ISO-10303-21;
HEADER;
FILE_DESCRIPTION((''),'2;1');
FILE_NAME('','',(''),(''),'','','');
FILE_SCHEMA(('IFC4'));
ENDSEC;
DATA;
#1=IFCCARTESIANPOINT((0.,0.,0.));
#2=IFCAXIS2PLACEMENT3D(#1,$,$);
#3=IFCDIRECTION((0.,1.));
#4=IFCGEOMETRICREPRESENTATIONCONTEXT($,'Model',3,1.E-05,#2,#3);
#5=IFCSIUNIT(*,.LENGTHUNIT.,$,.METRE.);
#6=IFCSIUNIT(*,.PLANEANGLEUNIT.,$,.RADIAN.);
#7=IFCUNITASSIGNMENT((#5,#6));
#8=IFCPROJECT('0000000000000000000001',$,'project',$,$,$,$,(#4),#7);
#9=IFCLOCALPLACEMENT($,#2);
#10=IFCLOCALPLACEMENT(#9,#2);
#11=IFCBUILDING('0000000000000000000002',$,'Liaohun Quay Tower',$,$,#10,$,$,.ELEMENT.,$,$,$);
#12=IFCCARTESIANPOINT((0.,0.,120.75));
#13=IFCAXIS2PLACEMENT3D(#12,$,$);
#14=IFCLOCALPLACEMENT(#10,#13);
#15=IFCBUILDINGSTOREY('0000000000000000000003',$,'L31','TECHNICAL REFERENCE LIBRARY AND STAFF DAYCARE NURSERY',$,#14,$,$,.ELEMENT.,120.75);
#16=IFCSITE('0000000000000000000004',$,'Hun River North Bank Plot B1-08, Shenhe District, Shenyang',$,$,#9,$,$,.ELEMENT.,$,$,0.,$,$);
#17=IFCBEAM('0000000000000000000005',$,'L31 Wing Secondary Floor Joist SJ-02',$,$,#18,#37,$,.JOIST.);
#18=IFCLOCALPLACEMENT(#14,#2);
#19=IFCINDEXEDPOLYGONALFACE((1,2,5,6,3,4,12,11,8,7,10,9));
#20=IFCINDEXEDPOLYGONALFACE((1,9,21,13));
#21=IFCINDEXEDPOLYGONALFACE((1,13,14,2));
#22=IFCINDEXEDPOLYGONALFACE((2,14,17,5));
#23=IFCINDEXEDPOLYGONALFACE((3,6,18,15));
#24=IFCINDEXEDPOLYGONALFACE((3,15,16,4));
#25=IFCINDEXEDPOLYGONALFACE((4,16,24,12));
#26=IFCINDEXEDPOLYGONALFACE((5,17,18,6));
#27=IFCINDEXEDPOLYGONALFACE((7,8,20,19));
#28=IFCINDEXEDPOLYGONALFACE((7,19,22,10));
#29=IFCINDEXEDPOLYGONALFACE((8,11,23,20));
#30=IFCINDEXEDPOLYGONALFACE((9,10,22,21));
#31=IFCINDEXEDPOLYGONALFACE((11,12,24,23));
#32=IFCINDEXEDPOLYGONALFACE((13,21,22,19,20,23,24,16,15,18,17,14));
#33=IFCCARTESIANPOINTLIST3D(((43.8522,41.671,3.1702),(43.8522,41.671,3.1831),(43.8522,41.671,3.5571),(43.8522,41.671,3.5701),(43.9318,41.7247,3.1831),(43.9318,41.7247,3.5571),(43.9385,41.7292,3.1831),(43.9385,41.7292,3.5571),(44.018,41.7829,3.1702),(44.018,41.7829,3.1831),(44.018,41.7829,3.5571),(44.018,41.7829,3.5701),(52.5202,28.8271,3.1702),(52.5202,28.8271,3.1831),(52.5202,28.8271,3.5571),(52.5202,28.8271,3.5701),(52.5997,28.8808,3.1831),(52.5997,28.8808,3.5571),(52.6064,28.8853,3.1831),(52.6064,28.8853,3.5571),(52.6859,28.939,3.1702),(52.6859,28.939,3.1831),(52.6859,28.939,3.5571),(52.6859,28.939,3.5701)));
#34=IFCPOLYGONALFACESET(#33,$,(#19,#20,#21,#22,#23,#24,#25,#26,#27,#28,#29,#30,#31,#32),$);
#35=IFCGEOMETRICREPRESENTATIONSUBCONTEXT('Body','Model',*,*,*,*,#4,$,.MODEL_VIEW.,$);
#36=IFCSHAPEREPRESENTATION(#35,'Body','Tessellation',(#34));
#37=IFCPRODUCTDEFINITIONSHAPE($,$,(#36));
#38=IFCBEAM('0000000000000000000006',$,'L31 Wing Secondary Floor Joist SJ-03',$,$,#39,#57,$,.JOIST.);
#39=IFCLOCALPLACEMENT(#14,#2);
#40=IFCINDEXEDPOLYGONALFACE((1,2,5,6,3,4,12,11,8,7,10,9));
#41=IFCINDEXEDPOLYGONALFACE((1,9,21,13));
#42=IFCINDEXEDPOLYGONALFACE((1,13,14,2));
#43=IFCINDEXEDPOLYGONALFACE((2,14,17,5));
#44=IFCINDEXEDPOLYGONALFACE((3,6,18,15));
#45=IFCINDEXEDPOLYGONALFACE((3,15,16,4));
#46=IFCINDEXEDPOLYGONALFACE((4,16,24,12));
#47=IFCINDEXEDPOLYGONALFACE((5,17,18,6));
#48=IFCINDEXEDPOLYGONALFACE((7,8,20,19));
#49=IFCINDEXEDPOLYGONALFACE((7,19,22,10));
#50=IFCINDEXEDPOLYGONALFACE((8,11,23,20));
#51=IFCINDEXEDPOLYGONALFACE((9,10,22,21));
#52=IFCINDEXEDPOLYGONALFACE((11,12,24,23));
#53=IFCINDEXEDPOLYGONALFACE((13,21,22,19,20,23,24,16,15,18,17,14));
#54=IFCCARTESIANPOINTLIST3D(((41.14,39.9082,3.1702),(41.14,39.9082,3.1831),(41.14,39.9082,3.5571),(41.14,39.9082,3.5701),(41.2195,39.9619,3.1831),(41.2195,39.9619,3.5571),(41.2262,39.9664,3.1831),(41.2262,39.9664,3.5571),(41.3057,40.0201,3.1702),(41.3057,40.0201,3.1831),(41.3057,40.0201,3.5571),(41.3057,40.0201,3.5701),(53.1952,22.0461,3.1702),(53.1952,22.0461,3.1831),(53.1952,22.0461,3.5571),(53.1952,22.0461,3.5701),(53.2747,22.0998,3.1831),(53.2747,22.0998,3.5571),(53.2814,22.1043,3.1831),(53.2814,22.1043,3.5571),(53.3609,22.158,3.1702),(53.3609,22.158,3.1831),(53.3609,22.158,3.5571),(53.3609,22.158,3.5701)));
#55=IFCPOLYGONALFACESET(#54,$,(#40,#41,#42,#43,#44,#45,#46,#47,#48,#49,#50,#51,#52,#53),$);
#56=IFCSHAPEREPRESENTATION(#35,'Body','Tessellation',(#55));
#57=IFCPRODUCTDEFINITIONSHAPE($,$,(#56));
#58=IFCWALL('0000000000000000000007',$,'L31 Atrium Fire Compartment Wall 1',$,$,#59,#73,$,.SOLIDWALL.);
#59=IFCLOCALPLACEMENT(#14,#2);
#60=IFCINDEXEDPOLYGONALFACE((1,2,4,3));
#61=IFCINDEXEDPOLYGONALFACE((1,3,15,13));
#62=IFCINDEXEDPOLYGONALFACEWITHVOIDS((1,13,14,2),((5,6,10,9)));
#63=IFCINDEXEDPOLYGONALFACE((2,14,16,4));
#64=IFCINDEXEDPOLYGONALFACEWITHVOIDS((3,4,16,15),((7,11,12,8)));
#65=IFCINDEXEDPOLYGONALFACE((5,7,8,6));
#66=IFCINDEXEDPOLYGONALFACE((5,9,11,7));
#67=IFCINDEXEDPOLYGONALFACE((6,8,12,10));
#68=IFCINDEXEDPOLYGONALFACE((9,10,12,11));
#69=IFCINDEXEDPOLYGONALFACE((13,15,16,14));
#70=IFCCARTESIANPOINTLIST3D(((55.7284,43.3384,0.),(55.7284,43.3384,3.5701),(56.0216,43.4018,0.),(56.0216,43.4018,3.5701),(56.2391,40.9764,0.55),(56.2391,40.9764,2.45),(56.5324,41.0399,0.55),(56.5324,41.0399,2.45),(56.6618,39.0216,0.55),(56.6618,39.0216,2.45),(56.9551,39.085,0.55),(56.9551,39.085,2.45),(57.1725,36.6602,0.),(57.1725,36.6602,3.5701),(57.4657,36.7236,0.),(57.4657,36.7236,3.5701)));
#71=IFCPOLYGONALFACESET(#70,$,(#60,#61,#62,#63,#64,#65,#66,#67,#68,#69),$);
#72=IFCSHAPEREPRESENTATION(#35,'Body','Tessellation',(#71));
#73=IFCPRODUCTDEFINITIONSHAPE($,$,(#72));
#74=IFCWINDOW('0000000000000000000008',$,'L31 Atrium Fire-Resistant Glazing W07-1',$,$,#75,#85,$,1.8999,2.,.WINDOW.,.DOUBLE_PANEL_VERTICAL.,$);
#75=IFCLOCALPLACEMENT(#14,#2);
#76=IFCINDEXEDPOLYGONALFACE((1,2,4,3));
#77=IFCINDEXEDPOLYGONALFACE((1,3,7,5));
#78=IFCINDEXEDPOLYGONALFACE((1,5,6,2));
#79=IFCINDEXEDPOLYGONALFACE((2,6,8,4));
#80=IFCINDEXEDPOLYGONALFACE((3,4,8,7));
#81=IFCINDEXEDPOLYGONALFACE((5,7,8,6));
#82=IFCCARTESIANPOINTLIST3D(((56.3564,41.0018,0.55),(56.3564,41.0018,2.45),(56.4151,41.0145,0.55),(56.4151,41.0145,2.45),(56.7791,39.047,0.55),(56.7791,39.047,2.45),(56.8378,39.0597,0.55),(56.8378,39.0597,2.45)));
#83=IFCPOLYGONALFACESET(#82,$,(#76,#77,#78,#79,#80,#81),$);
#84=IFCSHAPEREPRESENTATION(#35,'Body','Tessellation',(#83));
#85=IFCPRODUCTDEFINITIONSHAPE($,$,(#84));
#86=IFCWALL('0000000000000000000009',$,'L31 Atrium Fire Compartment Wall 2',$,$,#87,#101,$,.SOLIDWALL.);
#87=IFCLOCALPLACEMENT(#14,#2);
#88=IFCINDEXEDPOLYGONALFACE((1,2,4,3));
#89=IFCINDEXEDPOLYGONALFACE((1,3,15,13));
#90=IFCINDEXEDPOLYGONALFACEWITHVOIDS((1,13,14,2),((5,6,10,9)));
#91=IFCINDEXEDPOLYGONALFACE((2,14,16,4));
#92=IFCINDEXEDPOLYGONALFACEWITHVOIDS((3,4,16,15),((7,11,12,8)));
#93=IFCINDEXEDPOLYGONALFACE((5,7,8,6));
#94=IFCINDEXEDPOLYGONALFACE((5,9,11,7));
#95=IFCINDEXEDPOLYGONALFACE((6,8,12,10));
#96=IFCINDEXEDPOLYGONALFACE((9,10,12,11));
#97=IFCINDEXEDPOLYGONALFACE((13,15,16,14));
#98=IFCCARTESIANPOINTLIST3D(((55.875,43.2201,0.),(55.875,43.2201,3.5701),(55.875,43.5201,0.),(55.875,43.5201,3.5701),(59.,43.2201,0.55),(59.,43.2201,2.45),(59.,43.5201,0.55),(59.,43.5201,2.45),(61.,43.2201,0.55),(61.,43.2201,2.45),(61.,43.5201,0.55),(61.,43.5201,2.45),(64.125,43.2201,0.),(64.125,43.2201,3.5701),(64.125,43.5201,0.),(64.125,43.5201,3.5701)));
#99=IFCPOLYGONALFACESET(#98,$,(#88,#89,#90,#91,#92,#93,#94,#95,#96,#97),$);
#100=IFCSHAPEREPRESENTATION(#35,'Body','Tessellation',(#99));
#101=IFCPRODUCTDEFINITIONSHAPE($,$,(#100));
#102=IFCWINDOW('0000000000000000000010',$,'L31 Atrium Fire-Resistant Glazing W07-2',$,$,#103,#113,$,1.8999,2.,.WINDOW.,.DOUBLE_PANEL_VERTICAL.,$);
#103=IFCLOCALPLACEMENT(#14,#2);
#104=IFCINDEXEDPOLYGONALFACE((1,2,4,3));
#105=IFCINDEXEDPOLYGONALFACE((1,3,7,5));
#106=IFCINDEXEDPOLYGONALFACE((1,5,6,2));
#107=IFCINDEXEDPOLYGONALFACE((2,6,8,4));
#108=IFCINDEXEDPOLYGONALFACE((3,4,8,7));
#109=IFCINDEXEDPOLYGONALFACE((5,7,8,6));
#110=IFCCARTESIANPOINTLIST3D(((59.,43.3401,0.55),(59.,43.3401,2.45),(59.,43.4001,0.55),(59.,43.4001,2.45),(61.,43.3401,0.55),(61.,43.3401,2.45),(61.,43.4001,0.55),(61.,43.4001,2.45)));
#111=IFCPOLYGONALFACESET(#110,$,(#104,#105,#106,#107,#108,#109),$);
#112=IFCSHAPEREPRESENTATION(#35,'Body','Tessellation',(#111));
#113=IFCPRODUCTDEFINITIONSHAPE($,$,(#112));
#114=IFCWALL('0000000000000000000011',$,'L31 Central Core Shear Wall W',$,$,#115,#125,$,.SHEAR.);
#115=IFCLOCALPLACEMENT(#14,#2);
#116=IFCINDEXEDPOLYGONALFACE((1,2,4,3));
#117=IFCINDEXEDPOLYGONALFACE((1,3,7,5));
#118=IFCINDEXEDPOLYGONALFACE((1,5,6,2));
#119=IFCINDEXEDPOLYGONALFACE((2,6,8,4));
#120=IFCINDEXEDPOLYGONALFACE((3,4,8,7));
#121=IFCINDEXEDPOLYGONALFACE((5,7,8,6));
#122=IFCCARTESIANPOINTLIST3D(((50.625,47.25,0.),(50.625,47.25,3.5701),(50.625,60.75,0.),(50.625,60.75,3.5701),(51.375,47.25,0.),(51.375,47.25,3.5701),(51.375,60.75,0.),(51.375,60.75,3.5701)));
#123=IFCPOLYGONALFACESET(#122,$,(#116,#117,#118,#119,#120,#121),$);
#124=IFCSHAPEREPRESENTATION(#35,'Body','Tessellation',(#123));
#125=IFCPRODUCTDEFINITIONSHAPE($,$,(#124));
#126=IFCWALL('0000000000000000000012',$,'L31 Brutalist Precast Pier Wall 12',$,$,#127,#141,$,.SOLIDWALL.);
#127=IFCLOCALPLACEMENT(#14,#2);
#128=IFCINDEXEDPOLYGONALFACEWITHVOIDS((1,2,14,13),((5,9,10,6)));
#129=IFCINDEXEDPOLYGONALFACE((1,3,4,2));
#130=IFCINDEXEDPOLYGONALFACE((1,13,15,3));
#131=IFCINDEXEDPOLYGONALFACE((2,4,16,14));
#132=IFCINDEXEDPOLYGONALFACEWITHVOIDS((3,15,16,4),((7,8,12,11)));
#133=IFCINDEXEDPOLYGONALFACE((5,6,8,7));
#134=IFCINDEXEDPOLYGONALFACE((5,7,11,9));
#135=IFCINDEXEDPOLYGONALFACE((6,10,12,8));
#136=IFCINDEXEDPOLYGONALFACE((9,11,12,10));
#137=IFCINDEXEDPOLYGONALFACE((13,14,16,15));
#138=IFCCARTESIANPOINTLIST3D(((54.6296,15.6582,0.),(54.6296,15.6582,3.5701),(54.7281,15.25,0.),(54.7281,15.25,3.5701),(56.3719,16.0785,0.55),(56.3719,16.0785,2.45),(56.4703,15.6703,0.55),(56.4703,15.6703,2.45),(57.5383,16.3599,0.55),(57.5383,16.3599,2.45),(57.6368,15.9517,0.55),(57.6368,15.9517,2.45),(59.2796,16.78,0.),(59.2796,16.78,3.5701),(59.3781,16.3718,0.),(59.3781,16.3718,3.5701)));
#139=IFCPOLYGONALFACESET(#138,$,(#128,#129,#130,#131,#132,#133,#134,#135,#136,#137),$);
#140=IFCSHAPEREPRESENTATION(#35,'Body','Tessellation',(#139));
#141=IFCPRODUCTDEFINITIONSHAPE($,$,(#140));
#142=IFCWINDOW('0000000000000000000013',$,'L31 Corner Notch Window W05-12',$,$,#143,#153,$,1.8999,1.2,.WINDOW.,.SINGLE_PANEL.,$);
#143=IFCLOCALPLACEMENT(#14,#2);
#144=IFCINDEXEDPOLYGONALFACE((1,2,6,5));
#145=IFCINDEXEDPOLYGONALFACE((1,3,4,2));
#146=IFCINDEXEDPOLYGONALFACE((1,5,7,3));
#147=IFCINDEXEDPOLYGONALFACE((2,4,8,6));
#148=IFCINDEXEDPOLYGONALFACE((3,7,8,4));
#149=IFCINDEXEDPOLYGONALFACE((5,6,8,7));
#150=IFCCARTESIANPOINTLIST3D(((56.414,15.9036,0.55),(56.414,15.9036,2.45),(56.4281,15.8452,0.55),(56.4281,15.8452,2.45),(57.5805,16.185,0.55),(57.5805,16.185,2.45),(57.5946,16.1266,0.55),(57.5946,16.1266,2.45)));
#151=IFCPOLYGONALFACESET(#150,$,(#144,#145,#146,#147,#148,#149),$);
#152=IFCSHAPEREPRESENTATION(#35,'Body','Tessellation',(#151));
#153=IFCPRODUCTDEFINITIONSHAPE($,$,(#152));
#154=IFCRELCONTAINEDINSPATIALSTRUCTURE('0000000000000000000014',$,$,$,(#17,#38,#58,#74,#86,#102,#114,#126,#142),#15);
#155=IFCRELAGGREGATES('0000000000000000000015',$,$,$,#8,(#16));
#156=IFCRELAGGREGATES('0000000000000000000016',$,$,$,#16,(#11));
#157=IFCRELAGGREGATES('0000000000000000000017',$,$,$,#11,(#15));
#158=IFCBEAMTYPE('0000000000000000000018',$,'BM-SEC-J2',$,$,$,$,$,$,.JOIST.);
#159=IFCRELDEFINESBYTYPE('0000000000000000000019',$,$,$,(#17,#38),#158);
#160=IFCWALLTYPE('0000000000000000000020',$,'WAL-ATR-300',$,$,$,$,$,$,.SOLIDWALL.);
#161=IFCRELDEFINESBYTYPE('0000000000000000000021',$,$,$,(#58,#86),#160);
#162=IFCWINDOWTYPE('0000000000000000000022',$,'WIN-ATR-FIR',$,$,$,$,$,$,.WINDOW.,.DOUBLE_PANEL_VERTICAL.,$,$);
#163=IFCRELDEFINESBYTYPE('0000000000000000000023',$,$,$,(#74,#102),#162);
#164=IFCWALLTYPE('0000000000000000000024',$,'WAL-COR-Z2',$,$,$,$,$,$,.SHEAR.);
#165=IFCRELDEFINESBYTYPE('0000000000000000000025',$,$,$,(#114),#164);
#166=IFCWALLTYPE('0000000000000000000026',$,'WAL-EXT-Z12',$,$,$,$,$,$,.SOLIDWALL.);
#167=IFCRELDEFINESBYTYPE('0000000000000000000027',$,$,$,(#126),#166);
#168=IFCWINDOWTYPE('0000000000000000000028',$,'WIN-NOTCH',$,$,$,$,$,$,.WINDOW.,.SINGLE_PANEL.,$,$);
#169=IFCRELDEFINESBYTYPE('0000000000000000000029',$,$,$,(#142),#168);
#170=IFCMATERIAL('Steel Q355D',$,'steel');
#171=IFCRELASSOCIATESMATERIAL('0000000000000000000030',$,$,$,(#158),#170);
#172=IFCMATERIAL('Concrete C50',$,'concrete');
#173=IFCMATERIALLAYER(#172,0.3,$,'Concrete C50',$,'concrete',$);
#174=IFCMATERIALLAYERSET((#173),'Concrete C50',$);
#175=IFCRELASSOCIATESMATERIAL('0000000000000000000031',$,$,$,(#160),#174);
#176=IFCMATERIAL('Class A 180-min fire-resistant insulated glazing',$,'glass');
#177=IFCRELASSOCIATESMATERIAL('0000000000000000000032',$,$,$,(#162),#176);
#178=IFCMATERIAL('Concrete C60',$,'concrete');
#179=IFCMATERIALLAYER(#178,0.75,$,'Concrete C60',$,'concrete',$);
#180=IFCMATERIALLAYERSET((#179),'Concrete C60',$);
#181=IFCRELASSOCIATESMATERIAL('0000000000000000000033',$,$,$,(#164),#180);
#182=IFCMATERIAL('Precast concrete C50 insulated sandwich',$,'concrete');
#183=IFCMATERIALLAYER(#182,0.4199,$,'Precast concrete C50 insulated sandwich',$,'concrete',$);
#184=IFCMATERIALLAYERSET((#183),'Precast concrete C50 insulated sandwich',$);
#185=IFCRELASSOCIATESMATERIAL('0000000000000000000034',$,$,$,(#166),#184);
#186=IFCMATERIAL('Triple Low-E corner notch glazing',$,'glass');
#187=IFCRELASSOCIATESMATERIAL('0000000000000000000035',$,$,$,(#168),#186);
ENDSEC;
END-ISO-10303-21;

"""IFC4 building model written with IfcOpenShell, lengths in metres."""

from ifc_helpers import new_model, si_unit, direction, frame, frame_2d, origin, origin_2d, place, context, subcontext, project, spatial, rectangle, i_section, extrude, source, transform, mapped, material, layer, layer_set, material_profile, profile_set, type_object, element, fill, save


model = new_model("IFC4")

# Units and contexts
model_context = context("Model", 3, precision=1e-05, world=origin(), true_north=direction((0.0, 1.0)))
body_context = subcontext(model_context, "Body", "Model", "MODEL_VIEW")
ifc_project = project(units=[si_unit("LENGTHUNIT", "METRE"), si_unit("PLANEANGLEUNIT", "RADIAN")], contexts=[model_context])

# Site, building, storey
site_placement = place(None, origin())
site = spatial("IfcSite", under=ifc_project, at=site_placement, Name="Hun River North Bank Plot B1-08, Shenhe District, Shenyang", CompositionType="ELEMENT", RefElevation=0.0)
building_placement = place(site_placement, origin())
building = spatial("IfcBuilding", under=site, at=building_placement, Name="Liaohun Quay Tower", CompositionType="ELEMENT")
storey_placement = place(building_placement, frame((0.0, 0.0, 120.75)))
storey = spatial("IfcBuildingStorey", under=building, at=storey_placement, Name="L31", Description="TECHNICAL REFERENCE LIBRARY AND STAFF DAYCARE NURSERY", CompositionType="ELEMENT", Elevation=120.75)

# Shared definitions
ifc_material_1 = material(Name="Concrete C60", Category="concrete")

# Beams
ifc_material_2 = material(Name="Steel Q355D", Category="steel")
ifc_material_profile_1 = material_profile(ifc_material_2, i_section(OverallWidth=0.2, OverallDepth=0.3999, WebThickness=0.0081, FlangeThickness=0.0129, at=origin_2d()), Name="HN400x200x8x13")
ifc_profile_set_1 = profile_set([ifc_material_profile_1], Name="Steel Q355D")
beam_type_1 = type_object("IfcBeamType", Name="BM-SEC-J2", PredefinedType="JOIST", material=ifc_profile_set_1)
shared_shape_1 = source(origin(), body_context, "Body", "SweptSolid", [
    extrude(i_section(OverallWidth=0.2, OverallDepth=0.3999, WebThickness=0.0081, FlangeThickness=0.0129, at=origin_2d()), origin(), (0.0, 0.0, 1.0), 15.4951),
])
beam_1_placement = place(storey_placement, frame((52.603, 28.8831, 3.3701), z_axis=(-0.559396, 0.8289, 0.0), x_axis=(-0.8289, -0.559396, 0.0)))
element("IfcBeam", 1, at=beam_1_placement, inside=storey, type_object=beam_type_1, Name="L31 Wing Secondary Floor Joist SJ-02", PredefinedType="JOIST", context=body_context, shape_type="MappedRepresentation", body=[
    mapped(shared_shape_1, transform((0.0, 0.0, 0.0), x_axis=(1.0, 0.0, 0.0), y_axis=(0.0, 1.0, 0.0), z_axis=(0.0, 0.0, 1.0), scale=1.0)),
])
shared_shape_2 = source(origin(), body_context, "Body", "SweptSolid", [
    extrude(i_section(OverallWidth=0.2, OverallDepth=0.3999, WebThickness=0.0081, FlangeThickness=0.0129, at=origin_2d()), origin(), (0.0, 0.0, 1.0), 21.5496),
])
beam_2_placement = place(storey_placement, frame((53.2781, 22.1021, 3.3701), z_axis=(-0.559418, 0.828886, 0.0), x_axis=(-0.828886, -0.559418, 0.0)))
element("IfcBeam", 2, at=beam_2_placement, inside=storey, type_object=beam_type_1, Name="L31 Wing Secondary Floor Joist SJ-03", PredefinedType="JOIST", context=body_context, shape_type="MappedRepresentation", body=[
    mapped(shared_shape_2, transform((0.0, 0.0, 0.0), x_axis=(1.0, 0.0, 0.0), y_axis=(0.0, 1.0, 0.0), z_axis=(0.0, 0.0, 1.0), scale=1.0)),
])

# Walls, openings, windows
ifc_material_3 = material(Name="Concrete C50", Category="concrete")
ifc_layer_1 = layer(ifc_material_3, 0.3, Name="Concrete C50", Category="concrete")
ifc_layer_set_1 = layer_set([ifc_layer_1], Name="Concrete C50")
wall_type_1 = type_object("IfcWallType", Name="WAL-ATR-300", PredefinedType="SOLIDWALL", material=ifc_layer_set_1)
wall_1_placement = place(storey_placement, frame((57.3191, 36.6919, 0.0), z_axis=(0.0, 0.0, 1.0), x_axis=(-0.211354, 0.97741, 0.0)))
wall_1 = element("IfcWall", 3, at=wall_1_placement, inside=storey, type_object=wall_type_1, Name="L31 Atrium Fire Compartment Wall 1", PredefinedType="SOLIDWALL", context=body_context, shape_type="SweptSolid", body=[
    extrude(rectangle(XDim=6.8325, YDim=0.3, at=frame_2d((3.4163, 0.0))), origin(), (0.0, 0.0, 1.0), 3.5701),
])
shared_shape_3 = source(origin(), body_context, "Body", "SweptSolid", [
    extrude(rectangle(XDim=2.0, YDim=1.8999, at=frame_2d((1.0, 0.95))), frame((0.0, 0.1599, 0.0), z_axis=(0.0, -1.0, 0.0), x_axis=(1.0, 0.0, 0.0)), (0.0, 0.0, 1.0), 0.3201),
])
opening_1_placement = place(wall_1_placement, frame((2.416, 0.0, 0.55)))
opening_1 = element("IfcOpeningElement", 4, at=opening_1_placement, cuts=wall_1, PredefinedType="OPENING", context=body_context, shape_type="MappedRepresentation", body=[
    mapped(shared_shape_3, transform((0.0, 0.0, 0.0), x_axis=(1.0, 0.0, 0.0), y_axis=(0.0, 1.0, 0.0), z_axis=(0.0, 0.0, 1.0), scale=1.0)),
])
ifc_material_4 = material(Name="Class A 180-min fire-resistant insulated glazing", Category="glass")
window_type_1 = type_object("IfcWindowType", Name="WIN-ATR-FIR", PartitioningType="DOUBLE_PANEL_VERTICAL", PredefinedType="WINDOW", material=ifc_material_4)
shared_shape_4 = source(origin(), body_context, "Body", "SweptSolid", [
    extrude(rectangle(XDim=2.0, YDim=1.8999, at=frame_2d((1.0, 0.95))), frame((0.0, 0.03, 0.0), z_axis=(0.0, -1.0, 0.0), x_axis=(1.0, 0.0, 0.0)), (0.0, 0.0, 1.0), 0.0601),
])
window_1_placement = place(opening_1_placement, origin())
window_1 = element("IfcWindow", 5, at=window_1_placement, inside=storey, type_object=window_type_1, Name="L31 Atrium Fire-Resistant Glazing W07-1", OverallHeight=1.8999, OverallWidth=2.0, PartitioningType="DOUBLE_PANEL_VERTICAL", PredefinedType="WINDOW", context=body_context, shape_type="MappedRepresentation", body=[
    mapped(shared_shape_4, transform((0.0, 0.0, 0.0), x_axis=(1.0, 0.0, 0.0), y_axis=(0.0, 1.0, 0.0), z_axis=(0.0, 0.0, 1.0), scale=1.0)),
])
fill(opening_1, window_1)
wall_2_placement = place(storey_placement, frame((55.875, 43.3701, 0.0), z_axis=(0.0, 0.0, 1.0), x_axis=(1.0, 0.0, 0.0)))
wall_2 = element("IfcWall", 6, at=wall_2_placement, inside=storey, type_object=wall_type_1, Name="L31 Atrium Fire Compartment Wall 2", PredefinedType="SOLIDWALL", context=body_context, shape_type="SweptSolid", body=[
    extrude(rectangle(XDim=8.25, YDim=0.3, at=frame_2d((4.125, 0.0))), origin(), (0.0, 0.0, 1.0), 3.5701),
])
opening_2_placement = place(wall_2_placement, frame((3.125, 0.0, 0.55)))
opening_2 = element("IfcOpeningElement", 7, at=opening_2_placement, cuts=wall_2, PredefinedType="OPENING", context=body_context, shape_type="MappedRepresentation", body=[
    mapped(shared_shape_3, transform((0.0, 0.0, 0.0), x_axis=(1.0, 0.0, 0.0), y_axis=(0.0, 1.0, 0.0), z_axis=(0.0, 0.0, 1.0), scale=1.0)),
])
window_2_placement = place(opening_2_placement, origin())
window_2 = element("IfcWindow", 8, at=window_2_placement, inside=storey, type_object=window_type_1, Name="L31 Atrium Fire-Resistant Glazing W07-2", OverallHeight=1.8999, OverallWidth=2.0, PartitioningType="DOUBLE_PANEL_VERTICAL", PredefinedType="WINDOW", context=body_context, shape_type="MappedRepresentation", body=[
    mapped(shared_shape_4, transform((0.0, 0.0, 0.0), x_axis=(1.0, 0.0, 0.0), y_axis=(0.0, 1.0, 0.0), z_axis=(0.0, 0.0, 1.0), scale=1.0)),
])
fill(opening_2, window_2)

# Wall
ifc_layer_2 = layer(ifc_material_1, 0.75, Name="Concrete C60", Category="concrete")
ifc_layer_set_2 = layer_set([ifc_layer_2], Name="Concrete C60")
wall_type_2 = type_object("IfcWallType", Name="WAL-COR-Z2", PredefinedType="SHEAR", material=ifc_layer_set_2)
wall_3_placement = place(storey_placement, frame((51.0, 47.25, 0.0), z_axis=(0.0, 0.0, 1.0), x_axis=(0.0, 1.0, 0.0)))
element("IfcWall", 9, at=wall_3_placement, inside=storey, type_object=wall_type_2, Name="L31 Central Core Shear Wall W", PredefinedType="SHEAR", context=body_context, shape_type="SweptSolid", body=[
    extrude(rectangle(XDim=13.5, YDim=0.75, at=frame_2d((6.75, 0.0))), origin(), (0.0, 0.0, 1.0), 3.5701),
])

# Wall, opening, window
ifc_material_5 = material(Name="Precast concrete C50 insulated sandwich", Category="concrete")
ifc_layer_3 = layer(ifc_material_5, 0.4199, Name="Precast concrete C50 insulated sandwich", Category="concrete")
ifc_layer_set_3 = layer_set([ifc_layer_3], Name="Precast concrete C50 insulated sandwich")
wall_type_3 = type_object("IfcWallType", Name="WAL-EXT-Z12", PredefinedType="SOLIDWALL", material=ifc_layer_set_3)
wall_4_placement = place(storey_placement, frame((54.679, 15.4541, 0.0), z_axis=(0.0, 0.0, 1.0), x_axis=(0.972112, 0.234517, 0.0)))
wall_4 = element("IfcWall", 10, at=wall_4_placement, inside=storey, type_object=wall_type_3, Name="L31 Brutalist Precast Pier Wall 12", PredefinedType="SOLIDWALL", context=body_context, shape_type="SweptSolid", body=[
    extrude(rectangle(XDim=4.7834, YDim=0.4199, at=frame_2d((2.3916, 0.0))), origin(), (0.0, 0.0, 1.0), 3.5701),
])
shared_shape_5 = source(origin(), body_context, "Body", "SweptSolid", [
    extrude(rectangle(XDim=1.2, YDim=1.8999, at=frame_2d((0.6001, 0.95))), frame((0.0, 0.22, 0.0), z_axis=(0.0, -1.0, 0.0), x_axis=(1.0, 0.0, 0.0)), (0.0, 0.0, 1.0), 0.4399),
])
opening_3_placement = place(wall_4_placement, frame((1.792, 0.0, 0.55)))
opening_3 = element("IfcOpeningElement", 11, at=opening_3_placement, cuts=wall_4, PredefinedType="OPENING", context=body_context, shape_type="MappedRepresentation", body=[
    mapped(shared_shape_5, transform((0.0, 0.0, 0.0), x_axis=(1.0, 0.0, 0.0), y_axis=(0.0, 1.0, 0.0), z_axis=(0.0, 0.0, 1.0), scale=1.0)),
])
ifc_material_6 = material(Name="Triple Low-E corner notch glazing", Category="glass")
window_type_2 = type_object("IfcWindowType", Name="WIN-NOTCH", PartitioningType="SINGLE_PANEL", PredefinedType="WINDOW", material=ifc_material_6)
shared_shape_6 = source(origin(), body_context, "Body", "SweptSolid", [
    extrude(rectangle(XDim=1.2, YDim=1.8999, at=frame_2d((0.6001, 0.95))), frame((0.0, 0.03, 0.0), z_axis=(0.0, -1.0, 0.0), x_axis=(1.0, 0.0, 0.0)), (0.0, 0.0, 1.0), 0.0601),
])
window_3_placement = place(opening_3_placement, origin())
window_3 = element("IfcWindow", 12, at=window_3_placement, inside=storey, type_object=window_type_2, Name="L31 Corner Notch Window W05-12", OverallHeight=1.8999, OverallWidth=1.2, PartitioningType="SINGLE_PANEL", PredefinedType="WINDOW", context=body_context, shape_type="MappedRepresentation", body=[
    mapped(shared_shape_6, transform((0.0, 0.0, 0.0), x_axis=(1.0, 0.0, 0.0), y_axis=(0.0, 1.0, 0.0), z_axis=(0.0, 0.0, 1.0), scale=1.0)),
])
fill(opening_3, window_3)

save(model, "model.ifc")
